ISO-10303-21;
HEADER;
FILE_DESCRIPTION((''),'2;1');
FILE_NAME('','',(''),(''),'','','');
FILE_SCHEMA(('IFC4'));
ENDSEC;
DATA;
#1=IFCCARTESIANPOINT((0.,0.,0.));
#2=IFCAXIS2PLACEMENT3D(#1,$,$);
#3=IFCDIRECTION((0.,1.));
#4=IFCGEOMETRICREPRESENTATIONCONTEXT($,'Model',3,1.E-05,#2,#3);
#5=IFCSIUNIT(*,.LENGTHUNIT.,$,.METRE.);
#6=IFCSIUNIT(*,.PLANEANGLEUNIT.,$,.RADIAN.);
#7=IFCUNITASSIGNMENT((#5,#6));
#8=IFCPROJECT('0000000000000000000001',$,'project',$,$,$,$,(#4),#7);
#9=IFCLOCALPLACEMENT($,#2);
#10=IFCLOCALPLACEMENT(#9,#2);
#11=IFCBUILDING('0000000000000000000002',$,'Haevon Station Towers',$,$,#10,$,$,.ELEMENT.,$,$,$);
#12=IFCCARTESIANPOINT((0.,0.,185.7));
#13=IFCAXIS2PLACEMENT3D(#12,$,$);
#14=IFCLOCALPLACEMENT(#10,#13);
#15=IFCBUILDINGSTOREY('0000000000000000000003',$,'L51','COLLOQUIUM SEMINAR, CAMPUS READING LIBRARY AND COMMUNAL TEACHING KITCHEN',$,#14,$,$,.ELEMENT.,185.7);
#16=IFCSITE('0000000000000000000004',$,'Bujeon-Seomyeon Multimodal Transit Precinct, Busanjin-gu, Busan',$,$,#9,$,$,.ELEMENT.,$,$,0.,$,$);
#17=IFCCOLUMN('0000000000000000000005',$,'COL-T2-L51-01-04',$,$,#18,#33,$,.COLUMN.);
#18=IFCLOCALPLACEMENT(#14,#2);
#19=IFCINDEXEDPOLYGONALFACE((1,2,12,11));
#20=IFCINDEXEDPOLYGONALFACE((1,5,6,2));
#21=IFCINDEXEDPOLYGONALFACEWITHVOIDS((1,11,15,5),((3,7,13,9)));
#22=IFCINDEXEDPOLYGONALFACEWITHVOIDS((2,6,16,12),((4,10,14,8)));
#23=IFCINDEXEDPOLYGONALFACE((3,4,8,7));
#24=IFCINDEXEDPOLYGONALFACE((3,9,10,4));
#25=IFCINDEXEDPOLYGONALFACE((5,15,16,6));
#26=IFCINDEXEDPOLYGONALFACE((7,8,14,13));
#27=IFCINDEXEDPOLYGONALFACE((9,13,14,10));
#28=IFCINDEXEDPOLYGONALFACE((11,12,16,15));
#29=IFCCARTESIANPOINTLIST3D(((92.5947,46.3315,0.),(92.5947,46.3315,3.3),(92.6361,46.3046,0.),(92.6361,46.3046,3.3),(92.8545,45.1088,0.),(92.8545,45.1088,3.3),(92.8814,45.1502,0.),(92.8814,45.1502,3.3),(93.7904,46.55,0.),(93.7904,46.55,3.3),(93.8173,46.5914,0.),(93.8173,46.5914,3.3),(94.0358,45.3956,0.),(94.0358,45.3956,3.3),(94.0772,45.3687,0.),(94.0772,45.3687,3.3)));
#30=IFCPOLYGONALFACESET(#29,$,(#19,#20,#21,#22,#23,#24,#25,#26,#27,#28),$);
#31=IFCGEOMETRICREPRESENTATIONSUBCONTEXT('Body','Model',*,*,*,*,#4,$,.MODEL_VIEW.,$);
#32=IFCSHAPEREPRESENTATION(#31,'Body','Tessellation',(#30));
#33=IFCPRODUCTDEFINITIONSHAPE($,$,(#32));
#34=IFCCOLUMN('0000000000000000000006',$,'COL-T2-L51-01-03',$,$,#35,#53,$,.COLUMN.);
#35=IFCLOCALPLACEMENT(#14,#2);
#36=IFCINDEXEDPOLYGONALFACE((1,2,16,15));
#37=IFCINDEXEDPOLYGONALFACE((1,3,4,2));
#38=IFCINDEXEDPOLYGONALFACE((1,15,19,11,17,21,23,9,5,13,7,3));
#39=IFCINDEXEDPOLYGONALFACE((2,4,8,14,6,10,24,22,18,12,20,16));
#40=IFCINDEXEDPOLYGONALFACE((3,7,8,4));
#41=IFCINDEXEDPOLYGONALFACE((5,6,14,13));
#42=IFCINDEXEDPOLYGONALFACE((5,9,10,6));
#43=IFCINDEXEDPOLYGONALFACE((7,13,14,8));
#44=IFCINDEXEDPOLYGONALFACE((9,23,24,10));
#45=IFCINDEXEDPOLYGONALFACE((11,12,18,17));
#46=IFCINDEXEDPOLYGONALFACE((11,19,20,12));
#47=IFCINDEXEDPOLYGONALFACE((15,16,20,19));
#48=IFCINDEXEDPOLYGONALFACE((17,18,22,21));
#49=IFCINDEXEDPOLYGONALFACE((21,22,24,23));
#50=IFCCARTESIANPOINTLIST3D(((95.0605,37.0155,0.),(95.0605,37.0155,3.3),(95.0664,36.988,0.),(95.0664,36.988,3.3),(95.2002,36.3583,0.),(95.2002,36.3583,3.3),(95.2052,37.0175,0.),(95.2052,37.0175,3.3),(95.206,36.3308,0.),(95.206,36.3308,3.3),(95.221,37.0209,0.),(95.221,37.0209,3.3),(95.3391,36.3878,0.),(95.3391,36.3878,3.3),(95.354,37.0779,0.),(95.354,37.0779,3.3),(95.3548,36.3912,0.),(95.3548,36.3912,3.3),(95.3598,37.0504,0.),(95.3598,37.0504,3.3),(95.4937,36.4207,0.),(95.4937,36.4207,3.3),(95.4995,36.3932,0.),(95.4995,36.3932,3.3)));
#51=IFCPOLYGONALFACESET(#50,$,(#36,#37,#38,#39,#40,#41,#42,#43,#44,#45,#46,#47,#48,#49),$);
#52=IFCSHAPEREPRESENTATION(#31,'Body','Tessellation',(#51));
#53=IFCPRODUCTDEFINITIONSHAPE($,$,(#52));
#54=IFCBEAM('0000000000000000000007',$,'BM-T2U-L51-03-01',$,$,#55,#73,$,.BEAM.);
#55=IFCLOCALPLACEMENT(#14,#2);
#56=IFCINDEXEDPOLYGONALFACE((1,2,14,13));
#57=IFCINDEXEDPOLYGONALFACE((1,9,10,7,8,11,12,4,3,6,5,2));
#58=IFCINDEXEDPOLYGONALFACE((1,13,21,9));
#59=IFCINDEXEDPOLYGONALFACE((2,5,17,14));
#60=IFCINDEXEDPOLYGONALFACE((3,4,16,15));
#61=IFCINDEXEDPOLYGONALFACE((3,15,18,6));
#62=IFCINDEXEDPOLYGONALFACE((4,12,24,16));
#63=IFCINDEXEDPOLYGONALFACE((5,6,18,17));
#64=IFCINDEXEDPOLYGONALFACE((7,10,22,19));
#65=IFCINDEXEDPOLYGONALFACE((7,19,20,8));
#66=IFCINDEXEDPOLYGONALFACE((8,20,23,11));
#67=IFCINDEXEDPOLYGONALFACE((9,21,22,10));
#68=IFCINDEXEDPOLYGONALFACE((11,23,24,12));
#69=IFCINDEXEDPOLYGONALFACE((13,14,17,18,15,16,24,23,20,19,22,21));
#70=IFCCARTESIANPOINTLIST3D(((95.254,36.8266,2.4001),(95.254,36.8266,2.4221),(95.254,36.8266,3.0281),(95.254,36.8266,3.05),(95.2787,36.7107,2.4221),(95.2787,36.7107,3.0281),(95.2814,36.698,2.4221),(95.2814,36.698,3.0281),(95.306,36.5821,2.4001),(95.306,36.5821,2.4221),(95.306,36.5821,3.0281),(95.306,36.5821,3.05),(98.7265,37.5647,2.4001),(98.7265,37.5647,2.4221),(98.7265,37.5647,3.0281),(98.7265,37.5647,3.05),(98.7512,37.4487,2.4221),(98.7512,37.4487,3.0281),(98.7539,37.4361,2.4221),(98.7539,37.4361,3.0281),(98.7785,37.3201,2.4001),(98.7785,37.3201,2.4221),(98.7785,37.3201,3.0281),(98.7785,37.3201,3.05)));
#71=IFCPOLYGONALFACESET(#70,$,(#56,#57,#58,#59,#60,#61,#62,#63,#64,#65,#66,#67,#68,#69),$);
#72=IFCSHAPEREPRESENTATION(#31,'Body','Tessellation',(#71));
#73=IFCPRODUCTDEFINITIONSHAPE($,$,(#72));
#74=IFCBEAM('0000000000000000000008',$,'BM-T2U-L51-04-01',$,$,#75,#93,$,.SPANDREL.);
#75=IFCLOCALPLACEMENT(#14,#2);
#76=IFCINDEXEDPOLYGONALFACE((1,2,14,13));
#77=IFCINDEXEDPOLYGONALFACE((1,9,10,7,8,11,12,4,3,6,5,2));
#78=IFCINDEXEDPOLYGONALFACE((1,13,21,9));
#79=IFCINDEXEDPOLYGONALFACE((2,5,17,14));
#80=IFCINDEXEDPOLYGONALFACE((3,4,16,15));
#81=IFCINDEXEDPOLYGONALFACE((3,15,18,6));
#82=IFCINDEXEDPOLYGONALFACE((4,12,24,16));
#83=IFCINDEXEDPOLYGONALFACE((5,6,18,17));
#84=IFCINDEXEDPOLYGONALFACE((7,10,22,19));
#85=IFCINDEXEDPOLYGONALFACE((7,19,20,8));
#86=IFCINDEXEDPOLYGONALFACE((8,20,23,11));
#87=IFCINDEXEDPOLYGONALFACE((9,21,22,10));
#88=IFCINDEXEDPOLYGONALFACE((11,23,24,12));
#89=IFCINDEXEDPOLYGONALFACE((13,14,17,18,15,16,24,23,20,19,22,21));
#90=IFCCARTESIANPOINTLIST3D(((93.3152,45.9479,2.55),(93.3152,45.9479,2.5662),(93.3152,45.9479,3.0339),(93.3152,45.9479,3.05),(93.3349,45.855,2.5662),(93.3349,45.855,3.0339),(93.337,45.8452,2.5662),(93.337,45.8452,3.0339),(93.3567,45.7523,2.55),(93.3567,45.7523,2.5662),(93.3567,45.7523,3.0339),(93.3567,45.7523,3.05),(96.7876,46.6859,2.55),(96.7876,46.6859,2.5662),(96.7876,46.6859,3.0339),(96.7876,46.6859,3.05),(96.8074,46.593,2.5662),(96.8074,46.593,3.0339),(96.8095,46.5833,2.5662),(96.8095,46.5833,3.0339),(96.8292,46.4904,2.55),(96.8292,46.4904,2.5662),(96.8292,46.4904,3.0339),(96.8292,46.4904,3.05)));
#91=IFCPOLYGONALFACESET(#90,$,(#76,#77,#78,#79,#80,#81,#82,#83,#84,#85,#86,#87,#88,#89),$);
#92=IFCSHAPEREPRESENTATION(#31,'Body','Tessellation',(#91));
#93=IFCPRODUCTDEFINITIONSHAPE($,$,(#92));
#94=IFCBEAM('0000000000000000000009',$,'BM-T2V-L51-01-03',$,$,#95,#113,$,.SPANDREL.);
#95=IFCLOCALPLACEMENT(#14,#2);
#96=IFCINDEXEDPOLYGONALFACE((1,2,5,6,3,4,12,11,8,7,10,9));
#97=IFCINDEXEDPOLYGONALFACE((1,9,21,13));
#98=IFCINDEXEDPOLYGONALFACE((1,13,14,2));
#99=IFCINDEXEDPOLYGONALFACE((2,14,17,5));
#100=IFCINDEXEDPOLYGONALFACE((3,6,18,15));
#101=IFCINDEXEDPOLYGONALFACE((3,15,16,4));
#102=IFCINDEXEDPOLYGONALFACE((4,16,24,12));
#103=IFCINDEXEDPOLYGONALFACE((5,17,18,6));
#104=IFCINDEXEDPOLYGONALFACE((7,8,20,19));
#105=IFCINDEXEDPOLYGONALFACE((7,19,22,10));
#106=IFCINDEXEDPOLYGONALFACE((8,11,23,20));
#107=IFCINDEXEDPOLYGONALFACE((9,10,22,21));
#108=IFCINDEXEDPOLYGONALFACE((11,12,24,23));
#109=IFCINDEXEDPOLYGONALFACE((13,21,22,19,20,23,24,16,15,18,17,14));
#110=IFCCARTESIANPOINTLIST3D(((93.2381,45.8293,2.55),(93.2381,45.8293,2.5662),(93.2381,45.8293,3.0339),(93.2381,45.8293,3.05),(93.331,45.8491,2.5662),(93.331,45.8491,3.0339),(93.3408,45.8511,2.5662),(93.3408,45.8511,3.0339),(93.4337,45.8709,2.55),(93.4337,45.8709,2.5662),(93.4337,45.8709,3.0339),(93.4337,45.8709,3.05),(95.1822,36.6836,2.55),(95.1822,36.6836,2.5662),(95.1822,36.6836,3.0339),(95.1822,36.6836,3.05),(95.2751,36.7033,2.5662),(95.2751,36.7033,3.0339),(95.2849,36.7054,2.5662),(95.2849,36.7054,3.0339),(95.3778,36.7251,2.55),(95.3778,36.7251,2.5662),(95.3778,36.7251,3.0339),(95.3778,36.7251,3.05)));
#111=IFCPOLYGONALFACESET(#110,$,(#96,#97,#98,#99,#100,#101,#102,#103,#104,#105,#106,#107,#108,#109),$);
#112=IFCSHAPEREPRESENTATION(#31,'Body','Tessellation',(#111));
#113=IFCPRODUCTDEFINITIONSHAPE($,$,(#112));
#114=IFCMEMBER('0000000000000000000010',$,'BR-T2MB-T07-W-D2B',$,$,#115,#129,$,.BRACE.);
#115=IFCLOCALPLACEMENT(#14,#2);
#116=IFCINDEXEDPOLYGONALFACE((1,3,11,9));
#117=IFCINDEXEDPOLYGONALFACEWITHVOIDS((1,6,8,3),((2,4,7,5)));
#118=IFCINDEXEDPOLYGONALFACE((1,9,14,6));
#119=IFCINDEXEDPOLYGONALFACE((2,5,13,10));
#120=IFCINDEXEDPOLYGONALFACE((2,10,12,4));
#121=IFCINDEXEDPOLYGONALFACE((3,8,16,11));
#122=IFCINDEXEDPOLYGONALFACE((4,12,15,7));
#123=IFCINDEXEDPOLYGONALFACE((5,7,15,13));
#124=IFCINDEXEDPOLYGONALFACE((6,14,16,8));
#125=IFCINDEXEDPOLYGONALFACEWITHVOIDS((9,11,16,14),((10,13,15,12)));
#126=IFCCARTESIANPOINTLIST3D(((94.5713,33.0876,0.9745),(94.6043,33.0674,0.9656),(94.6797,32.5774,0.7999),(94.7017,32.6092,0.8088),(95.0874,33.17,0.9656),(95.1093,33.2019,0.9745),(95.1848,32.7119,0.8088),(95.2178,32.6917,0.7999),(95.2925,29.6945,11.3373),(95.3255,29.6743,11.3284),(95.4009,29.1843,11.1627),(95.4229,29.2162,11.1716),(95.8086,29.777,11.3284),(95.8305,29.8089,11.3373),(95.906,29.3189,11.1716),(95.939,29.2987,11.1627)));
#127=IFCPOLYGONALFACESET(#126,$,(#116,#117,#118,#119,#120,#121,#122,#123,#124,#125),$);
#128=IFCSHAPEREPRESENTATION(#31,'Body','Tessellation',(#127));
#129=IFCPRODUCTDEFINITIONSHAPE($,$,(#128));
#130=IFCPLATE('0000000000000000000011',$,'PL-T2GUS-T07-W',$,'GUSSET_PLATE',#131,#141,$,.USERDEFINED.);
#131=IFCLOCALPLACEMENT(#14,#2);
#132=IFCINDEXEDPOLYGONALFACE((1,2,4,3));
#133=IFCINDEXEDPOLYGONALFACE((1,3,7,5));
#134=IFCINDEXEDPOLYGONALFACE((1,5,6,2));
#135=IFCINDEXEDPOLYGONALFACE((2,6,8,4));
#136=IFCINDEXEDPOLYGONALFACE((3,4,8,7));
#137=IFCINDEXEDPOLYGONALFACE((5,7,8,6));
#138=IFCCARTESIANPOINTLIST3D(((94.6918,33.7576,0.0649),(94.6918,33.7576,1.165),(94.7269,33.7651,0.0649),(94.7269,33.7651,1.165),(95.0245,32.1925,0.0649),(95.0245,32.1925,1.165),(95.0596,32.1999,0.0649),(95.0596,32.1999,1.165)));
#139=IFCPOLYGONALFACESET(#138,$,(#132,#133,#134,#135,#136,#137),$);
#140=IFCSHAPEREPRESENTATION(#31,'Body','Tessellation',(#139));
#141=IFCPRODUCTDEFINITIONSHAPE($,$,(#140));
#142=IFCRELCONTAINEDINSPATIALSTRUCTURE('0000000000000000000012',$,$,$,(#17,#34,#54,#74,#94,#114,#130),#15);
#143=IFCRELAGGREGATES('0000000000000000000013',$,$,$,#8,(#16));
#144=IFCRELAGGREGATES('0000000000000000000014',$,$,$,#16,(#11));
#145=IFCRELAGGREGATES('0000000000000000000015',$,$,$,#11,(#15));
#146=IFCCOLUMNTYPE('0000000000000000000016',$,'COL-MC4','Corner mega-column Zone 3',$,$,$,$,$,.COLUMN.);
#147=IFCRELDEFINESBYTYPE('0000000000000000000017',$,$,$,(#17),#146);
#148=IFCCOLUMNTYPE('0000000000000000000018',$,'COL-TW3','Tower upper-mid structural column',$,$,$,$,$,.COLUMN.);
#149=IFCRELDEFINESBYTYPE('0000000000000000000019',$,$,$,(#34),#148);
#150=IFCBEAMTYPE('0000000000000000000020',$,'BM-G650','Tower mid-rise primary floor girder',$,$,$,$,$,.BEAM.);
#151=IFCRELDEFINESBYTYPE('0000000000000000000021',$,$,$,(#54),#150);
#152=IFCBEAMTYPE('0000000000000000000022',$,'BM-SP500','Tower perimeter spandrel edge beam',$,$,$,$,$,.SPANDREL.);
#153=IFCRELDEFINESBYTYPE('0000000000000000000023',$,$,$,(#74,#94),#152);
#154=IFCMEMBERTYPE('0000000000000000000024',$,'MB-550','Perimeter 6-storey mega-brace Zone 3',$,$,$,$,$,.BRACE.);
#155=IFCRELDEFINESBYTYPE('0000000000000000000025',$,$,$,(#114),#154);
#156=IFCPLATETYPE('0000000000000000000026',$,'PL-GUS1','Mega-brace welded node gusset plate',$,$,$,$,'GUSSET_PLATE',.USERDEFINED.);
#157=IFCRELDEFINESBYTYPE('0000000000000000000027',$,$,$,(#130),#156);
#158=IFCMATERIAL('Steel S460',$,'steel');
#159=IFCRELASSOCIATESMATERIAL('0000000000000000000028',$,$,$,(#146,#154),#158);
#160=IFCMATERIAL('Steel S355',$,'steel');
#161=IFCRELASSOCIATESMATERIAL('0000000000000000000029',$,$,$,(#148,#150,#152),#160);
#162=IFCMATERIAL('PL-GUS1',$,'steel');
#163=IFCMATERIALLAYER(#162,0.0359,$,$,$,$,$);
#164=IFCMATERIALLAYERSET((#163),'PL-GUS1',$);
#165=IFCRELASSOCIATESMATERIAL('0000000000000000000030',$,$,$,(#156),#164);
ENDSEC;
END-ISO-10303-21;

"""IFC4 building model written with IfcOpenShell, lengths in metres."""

from ifc_helpers import new_model, si_unit, direction, frame, origin, origin_2d, place, context, subcontext, project, spatial, rectangle, hollow_rectangle, i_section, extrude, material, layer, layer_set, material_profile, profile_set, type_object, element, save


model = new_model("IFC4")

# Units and contexts
model_context = context("Model", 3, precision=1e-05, world=origin(), true_north=direction((0.0, 1.0)))
body_context = subcontext(model_context, "Body", "Model", "MODEL_VIEW")
ifc_project = project(units=[si_unit("LENGTHUNIT", "METRE"), si_unit("PLANEANGLEUNIT", "RADIAN")], contexts=[model_context])

# Site, building, storey
site_placement = place(None, origin())
site = spatial("IfcSite", under=ifc_project, at=site_placement, Name="Bujeon-Seomyeon Multimodal Transit Precinct, Busanjin-gu, Busan", CompositionType="ELEMENT", RefElevation=0.0)
building_placement = place(site_placement, origin())
building = spatial("IfcBuilding", under=site, at=building_placement, Name="Haevon Station Towers", CompositionType="ELEMENT")
storey_placement = place(building_placement, frame((0.0, 0.0, 185.7)))
storey = spatial("IfcBuildingStorey", under=building, at=storey_placement, Name="L51", Description="COLLOQUIUM SEMINAR, CAMPUS READING LIBRARY AND COMMUNAL TEACHING KITCHEN", CompositionType="ELEMENT", Elevation=185.7)

# Columns
ifc_material_1 = material(Name="Steel S460", Category="steel")
ifc_material_profile_1 = material_profile(ifc_material_1, hollow_rectangle(XDim=1.25, YDim=1.25, WallThickness=0.0349, at=origin_2d()), Name="BOX-1250x1250x35")
ifc_profile_set_1 = profile_set([ifc_material_profile_1], Name="Steel S460")
column_type_1 = type_object("IfcColumnType", Name="COL-MC4", Description="Corner mega-column Zone 3", PredefinedType="COLUMN", material=ifc_profile_set_1)
column_1_placement = place(storey_placement, frame((93.3359, 45.8501, 0.0), z_axis=(0.0, 0.0, 1.0), x_axis=(0.978148, 0.207912, 0.0)))
element("IfcColumn", 1, at=column_1_placement, inside=storey, type_object=column_type_1, Name="COL-T2-L51-01-04", PredefinedType="COLUMN", context=body_context, shape_type="SweptSolid", body=[
    extrude(hollow_rectangle(XDim=1.25, YDim=1.25, WallThickness=0.0349, at=origin_2d()), origin(), (0.0, 0.0, 1.0), 3.3),
])
ifc_material_2 = material(Name="Steel S355", Category="steel")
ifc_material_profile_2 = material_profile(ifc_material_2, i_section(OverallWidth=0.3, OverallDepth=0.7, WebThickness=0.0161, FlangeThickness=0.0281, at=origin_2d()), Name="H-700x300x16x28")
ifc_profile_set_2 = profile_set([ifc_material_profile_2], Name="Steel S355")
column_type_2 = type_object("IfcColumnType", Name="COL-TW3", Description="Tower upper-mid structural column", PredefinedType="COLUMN", material=ifc_profile_set_2)
column_2_placement = place(storey_placement, frame((95.28, 36.7043, 0.0), z_axis=(0.0, 0.0, 1.0), x_axis=(0.978148, 0.207912, 0.0)))
element("IfcColumn", 2, at=column_2_placement, inside=storey, type_object=column_type_2, Name="COL-T2-L51-01-03", PredefinedType="COLUMN", context=body_context, shape_type="SweptSolid", body=[
    extrude(i_section(OverallWidth=0.3, OverallDepth=0.7, WebThickness=0.0161, FlangeThickness=0.0281, at=origin_2d()), origin(), (0.0, 0.0, 1.0), 3.3),
])

# Beams
ifc_material_profile_3 = material_profile(ifc_material_2, i_section(OverallWidth=0.25, OverallDepth=0.6499, WebThickness=0.0129, FlangeThickness=0.022, at=origin_2d()), Name="H-650x250x13x22")
ifc_profile_set_3 = profile_set([ifc_material_profile_3], Name="Steel S355")
beam_type_1 = type_object("IfcBeamType", Name="BM-G650", Description="Tower mid-rise primary floor girder", PredefinedType="BEAM", material=ifc_profile_set_3)
beam_1_placement = place(storey_placement, frame((95.28, 36.7043, 2.7251), z_axis=(0.97815, 0.207899, 0.0), x_axis=(-0.207899, 0.97815, 0.0)))
element("IfcBeam", 3, at=beam_1_placement, inside=storey, type_object=beam_type_1, Name="BM-T2U-L51-03-01", PredefinedType="BEAM", context=body_context, shape_type="SweptSolid", body=[
    extrude(i_section(OverallWidth=0.25, OverallDepth=0.6499, WebThickness=0.0129, FlangeThickness=0.022, at=origin_2d()), origin(), (0.0, 0.0, 1.0), 3.55),
])
ifc_material_profile_4 = material_profile(ifc_material_2, i_section(OverallWidth=0.2, OverallDepth=0.5, WebThickness=0.01, FlangeThickness=0.0161, at=origin_2d()), Name="H-500x200x10x16")
ifc_profile_set_4 = profile_set([ifc_material_profile_4], Name="Steel S355")
beam_type_2 = type_object("IfcBeamType", Name="BM-SP500", Description="Tower perimeter spandrel edge beam", PredefinedType="SPANDREL", material=ifc_profile_set_4)
beam_2_placement = place(storey_placement, frame((93.3359, 45.8501, 2.8), z_axis=(0.97815, 0.207899, 0.0), x_axis=(-0.207899, 0.97815, 0.0)))
element("IfcBeam", 4, at=beam_2_placement, inside=storey, type_object=beam_type_2, Name="BM-T2U-L51-04-01", PredefinedType="SPANDREL", context=body_context, shape_type="SweptSolid", body=[
    extrude(i_section(OverallWidth=0.2, OverallDepth=0.5, WebThickness=0.01, FlangeThickness=0.0161, at=origin_2d()), origin(), (0.0, 0.0, 1.0), 3.55),
])
beam_3_placement = place(storey_placement, frame((95.28, 36.7043, 2.8), z_axis=(-0.207922, 0.978145, 0.0), x_axis=(-0.978145, -0.207922, 0.0)))
element("IfcBeam", 5, at=beam_3_placement, inside=storey, type_object=beam_type_2, Name="BM-T2V-L51-01-03", PredefinedType="SPANDREL", context=body_context, shape_type="SweptSolid", body=[
    extrude(i_section(OverallWidth=0.2, OverallDepth=0.5, WebThickness=0.01, FlangeThickness=0.0161, at=origin_2d()), origin(), (0.0, 0.0, 1.0), 9.3501),
])

# Member
ifc_material_profile_5 = material_profile(ifc_material_1, hollow_rectangle(XDim=0.55, YDim=0.55, WallThickness=0.0281, at=origin_2d()), Name="RHS-550x550x28")
ifc_profile_set_5 = profile_set([ifc_material_profile_5], Name="Steel S460")
member_type = type_object("IfcMemberType", Name="MB-550", Description="Perimeter 6-storey mega-brace Zone 3", PredefinedType="BRACE", material=ifc_profile_set_5)
member_placement = place(storey_placement, frame((94.8945, 32.8896, 0.8872), z_axis=(0.065995, -0.310494, 0.948282), x_axis=(0.978149, 0.207904, 0.0)))
element("IfcMember", 6, at=member_placement, inside=storey, type_object=member_type, Name="BR-T2MB-T07-W-D2B", PredefinedType="BRACE", context=body_context, shape_type="SweptSolid", body=[
    extrude(hollow_rectangle(XDim=0.55, YDim=0.55, WallThickness=0.0281, at=origin_2d()), origin(), (0.0, 0.0, 1.0), 10.928),
])

# Plate
ifc_material_3 = material(Name="PL-GUS1", Category="steel")
ifc_layer_1 = layer(ifc_material_3, 0.0359)
ifc_layer_set_1 = layer_set([ifc_layer_1], Name="PL-GUS1")
plate_type = type_object("IfcPlateType", Name="PL-GUS1", Description="Mega-brace welded node gusset plate", ElementType="GUSSET_PLATE", PredefinedType="USERDEFINED", material=ifc_layer_set_1)
plate_placement = place(storey_placement, frame((94.8757, 32.9788, 0.0649), z_axis=(0.0, 0.0, 1.0), x_axis=(-0.207912, 0.978148, 0.0)))
element("IfcPlate", 7, at=plate_placement, inside=storey, type_object=plate_type, Name="PL-T2GUS-T07-W", ObjectType="GUSSET_PLATE", PredefinedType="USERDEFINED", context=body_context, shape_type="SweptSolid", body=[
    extrude(rectangle(XDim=1.6001, YDim=0.0359, at=origin_2d()), origin(), (0.0, 0.0, 1.0), 1.1001),
])

save(model, "model.ifc")
